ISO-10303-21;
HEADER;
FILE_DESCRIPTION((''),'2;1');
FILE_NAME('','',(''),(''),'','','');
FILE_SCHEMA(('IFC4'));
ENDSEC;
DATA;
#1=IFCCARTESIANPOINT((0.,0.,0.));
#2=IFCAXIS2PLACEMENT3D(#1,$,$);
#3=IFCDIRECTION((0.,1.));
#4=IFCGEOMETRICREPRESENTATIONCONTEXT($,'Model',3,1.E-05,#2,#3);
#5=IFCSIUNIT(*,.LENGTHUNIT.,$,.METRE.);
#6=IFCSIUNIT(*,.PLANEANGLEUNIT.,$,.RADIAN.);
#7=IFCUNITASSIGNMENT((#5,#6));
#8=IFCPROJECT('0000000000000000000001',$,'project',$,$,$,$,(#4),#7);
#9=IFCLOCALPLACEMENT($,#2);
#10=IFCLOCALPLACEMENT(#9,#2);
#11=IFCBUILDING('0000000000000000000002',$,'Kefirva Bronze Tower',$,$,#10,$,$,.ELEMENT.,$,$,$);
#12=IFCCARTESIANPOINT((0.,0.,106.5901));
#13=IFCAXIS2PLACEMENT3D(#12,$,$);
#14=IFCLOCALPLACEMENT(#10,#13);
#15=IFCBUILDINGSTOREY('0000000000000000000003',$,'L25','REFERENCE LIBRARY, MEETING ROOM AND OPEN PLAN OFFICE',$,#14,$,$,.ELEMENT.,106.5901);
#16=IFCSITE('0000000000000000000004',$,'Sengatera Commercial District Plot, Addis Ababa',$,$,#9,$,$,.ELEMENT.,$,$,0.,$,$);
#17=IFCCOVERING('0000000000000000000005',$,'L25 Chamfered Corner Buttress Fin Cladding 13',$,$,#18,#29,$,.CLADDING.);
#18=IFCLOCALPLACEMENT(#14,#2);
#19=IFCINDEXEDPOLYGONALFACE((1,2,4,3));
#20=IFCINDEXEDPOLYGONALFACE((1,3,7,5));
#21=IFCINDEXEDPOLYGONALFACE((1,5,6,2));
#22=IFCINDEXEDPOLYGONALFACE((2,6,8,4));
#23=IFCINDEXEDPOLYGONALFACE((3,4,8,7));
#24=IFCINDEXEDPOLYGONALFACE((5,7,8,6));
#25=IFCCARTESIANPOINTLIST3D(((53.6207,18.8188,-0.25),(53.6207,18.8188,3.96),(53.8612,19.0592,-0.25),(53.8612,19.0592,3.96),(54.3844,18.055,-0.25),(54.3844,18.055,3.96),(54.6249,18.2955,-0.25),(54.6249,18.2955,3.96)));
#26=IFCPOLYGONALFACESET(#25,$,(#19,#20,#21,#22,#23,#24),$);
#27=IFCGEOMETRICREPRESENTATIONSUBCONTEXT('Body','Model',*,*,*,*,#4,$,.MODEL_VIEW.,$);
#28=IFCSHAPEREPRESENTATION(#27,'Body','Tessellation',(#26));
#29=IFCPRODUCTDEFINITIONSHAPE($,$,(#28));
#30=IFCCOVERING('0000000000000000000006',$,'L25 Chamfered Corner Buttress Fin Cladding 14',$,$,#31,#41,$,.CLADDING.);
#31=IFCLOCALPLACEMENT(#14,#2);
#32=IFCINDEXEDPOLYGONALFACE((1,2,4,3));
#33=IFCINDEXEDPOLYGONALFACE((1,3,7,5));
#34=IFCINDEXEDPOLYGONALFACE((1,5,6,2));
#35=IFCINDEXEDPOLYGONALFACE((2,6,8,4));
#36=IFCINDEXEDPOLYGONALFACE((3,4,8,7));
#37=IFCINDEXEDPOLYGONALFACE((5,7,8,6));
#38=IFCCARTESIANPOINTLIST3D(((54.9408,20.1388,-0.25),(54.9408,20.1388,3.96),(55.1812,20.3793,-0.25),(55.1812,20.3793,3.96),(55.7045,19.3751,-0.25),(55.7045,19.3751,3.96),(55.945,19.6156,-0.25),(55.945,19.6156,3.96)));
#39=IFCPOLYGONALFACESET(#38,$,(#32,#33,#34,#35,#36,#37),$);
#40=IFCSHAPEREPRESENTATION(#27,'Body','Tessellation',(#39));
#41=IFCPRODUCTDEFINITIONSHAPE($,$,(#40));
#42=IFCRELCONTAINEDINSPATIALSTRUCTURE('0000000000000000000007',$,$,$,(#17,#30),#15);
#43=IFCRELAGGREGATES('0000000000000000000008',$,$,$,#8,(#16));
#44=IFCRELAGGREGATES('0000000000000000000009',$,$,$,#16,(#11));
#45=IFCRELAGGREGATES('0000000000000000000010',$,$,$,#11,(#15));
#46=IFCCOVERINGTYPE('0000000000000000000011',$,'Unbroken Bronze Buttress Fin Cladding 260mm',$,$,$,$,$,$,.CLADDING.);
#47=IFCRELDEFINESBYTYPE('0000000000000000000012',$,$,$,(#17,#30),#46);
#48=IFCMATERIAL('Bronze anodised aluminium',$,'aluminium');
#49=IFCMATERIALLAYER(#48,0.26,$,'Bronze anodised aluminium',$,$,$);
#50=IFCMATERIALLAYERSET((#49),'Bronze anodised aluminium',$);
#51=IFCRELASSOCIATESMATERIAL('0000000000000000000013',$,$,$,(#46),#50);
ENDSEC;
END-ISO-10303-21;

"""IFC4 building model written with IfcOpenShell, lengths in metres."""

from ifc_helpers import new_model, si_unit, direction, frame, origin, origin_2d, place, context, subcontext, project, spatial, rectangle, extrude, material, layer, layer_set, type_object, element, save


model = new_model("IFC4")

# Units and contexts
model_context = context("Model", 3, precision=1e-05, world=origin(), true_north=direction((0.0, 1.0)))
body_context = subcontext(model_context, "Body", "Model", "MODEL_VIEW")
ifc_project = project(units=[si_unit("LENGTHUNIT", "METRE"), si_unit("PLANEANGLEUNIT", "RADIAN")], contexts=[model_context])

# Site, building, storey
site_placement = place(None, origin())
site = spatial("IfcSite", under=ifc_project, at=site_placement, Name="Sengatera Commercial District Plot, Addis Ababa", CompositionType="ELEMENT", RefElevation=0.0)
building_placement = place(site_placement, origin())
building = spatial("IfcBuilding", under=site, at=building_placement, Name="Kefirva Bronze Tower", CompositionType="ELEMENT")
storey_placement = place(building_placement, frame((0.0, 0.0, 106.5901)))
storey = spatial("IfcBuildingStorey", under=building, at=storey_placement, Name="L25", Description="REFERENCE LIBRARY, MEETING ROOM AND OPEN PLAN OFFICE", CompositionType="ELEMENT", Elevation=106.5901)

# Shared definitions
ifc_material_1 = material(Name="Bronze anodised aluminium", Category="aluminium")

# Coverings
ifc_layer_1 = layer(ifc_material_1, 0.26, Name="Bronze anodised aluminium")
ifc_layer_set_1 = layer_set([ifc_layer_1], Name="Bronze anodised aluminium")
covering_type_1 = type_object("IfcCoveringType", Name="Unbroken Bronze Buttress Fin Cladding 260mm", PredefinedType="CLADDING", material=ifc_layer_set_1)
for number, where, z_axis, x_axis, name in (
    (1, (54.1228, 18.5571, -0.25), (0.0, 0.0, 1.0), (0.707107, 0.707107, 0.0), "L25 Chamfered Corner Buttress Fin Cladding 13"),
    (2, (55.4429, 19.8772, -0.25), (0.0, 0.0, 1.0), (0.707107, 0.707107, 0.0), "L25 Chamfered Corner Buttress Fin Cladding 14"),
):
    element("IfcCovering", number, at=place(storey_placement, frame(where, z_axis=z_axis, x_axis=x_axis)), inside=storey, type_object=covering_type_1, Name=name, PredefinedType="CLADDING", context=body_context, shape_type="SweptSolid", body=[
        extrude(rectangle(XDim=0.3401, YDim=1.0801, at=origin_2d()), origin(), (0.0, 0.0, 1.0), 4.21),
    ])

save(model, "model.ifc")
